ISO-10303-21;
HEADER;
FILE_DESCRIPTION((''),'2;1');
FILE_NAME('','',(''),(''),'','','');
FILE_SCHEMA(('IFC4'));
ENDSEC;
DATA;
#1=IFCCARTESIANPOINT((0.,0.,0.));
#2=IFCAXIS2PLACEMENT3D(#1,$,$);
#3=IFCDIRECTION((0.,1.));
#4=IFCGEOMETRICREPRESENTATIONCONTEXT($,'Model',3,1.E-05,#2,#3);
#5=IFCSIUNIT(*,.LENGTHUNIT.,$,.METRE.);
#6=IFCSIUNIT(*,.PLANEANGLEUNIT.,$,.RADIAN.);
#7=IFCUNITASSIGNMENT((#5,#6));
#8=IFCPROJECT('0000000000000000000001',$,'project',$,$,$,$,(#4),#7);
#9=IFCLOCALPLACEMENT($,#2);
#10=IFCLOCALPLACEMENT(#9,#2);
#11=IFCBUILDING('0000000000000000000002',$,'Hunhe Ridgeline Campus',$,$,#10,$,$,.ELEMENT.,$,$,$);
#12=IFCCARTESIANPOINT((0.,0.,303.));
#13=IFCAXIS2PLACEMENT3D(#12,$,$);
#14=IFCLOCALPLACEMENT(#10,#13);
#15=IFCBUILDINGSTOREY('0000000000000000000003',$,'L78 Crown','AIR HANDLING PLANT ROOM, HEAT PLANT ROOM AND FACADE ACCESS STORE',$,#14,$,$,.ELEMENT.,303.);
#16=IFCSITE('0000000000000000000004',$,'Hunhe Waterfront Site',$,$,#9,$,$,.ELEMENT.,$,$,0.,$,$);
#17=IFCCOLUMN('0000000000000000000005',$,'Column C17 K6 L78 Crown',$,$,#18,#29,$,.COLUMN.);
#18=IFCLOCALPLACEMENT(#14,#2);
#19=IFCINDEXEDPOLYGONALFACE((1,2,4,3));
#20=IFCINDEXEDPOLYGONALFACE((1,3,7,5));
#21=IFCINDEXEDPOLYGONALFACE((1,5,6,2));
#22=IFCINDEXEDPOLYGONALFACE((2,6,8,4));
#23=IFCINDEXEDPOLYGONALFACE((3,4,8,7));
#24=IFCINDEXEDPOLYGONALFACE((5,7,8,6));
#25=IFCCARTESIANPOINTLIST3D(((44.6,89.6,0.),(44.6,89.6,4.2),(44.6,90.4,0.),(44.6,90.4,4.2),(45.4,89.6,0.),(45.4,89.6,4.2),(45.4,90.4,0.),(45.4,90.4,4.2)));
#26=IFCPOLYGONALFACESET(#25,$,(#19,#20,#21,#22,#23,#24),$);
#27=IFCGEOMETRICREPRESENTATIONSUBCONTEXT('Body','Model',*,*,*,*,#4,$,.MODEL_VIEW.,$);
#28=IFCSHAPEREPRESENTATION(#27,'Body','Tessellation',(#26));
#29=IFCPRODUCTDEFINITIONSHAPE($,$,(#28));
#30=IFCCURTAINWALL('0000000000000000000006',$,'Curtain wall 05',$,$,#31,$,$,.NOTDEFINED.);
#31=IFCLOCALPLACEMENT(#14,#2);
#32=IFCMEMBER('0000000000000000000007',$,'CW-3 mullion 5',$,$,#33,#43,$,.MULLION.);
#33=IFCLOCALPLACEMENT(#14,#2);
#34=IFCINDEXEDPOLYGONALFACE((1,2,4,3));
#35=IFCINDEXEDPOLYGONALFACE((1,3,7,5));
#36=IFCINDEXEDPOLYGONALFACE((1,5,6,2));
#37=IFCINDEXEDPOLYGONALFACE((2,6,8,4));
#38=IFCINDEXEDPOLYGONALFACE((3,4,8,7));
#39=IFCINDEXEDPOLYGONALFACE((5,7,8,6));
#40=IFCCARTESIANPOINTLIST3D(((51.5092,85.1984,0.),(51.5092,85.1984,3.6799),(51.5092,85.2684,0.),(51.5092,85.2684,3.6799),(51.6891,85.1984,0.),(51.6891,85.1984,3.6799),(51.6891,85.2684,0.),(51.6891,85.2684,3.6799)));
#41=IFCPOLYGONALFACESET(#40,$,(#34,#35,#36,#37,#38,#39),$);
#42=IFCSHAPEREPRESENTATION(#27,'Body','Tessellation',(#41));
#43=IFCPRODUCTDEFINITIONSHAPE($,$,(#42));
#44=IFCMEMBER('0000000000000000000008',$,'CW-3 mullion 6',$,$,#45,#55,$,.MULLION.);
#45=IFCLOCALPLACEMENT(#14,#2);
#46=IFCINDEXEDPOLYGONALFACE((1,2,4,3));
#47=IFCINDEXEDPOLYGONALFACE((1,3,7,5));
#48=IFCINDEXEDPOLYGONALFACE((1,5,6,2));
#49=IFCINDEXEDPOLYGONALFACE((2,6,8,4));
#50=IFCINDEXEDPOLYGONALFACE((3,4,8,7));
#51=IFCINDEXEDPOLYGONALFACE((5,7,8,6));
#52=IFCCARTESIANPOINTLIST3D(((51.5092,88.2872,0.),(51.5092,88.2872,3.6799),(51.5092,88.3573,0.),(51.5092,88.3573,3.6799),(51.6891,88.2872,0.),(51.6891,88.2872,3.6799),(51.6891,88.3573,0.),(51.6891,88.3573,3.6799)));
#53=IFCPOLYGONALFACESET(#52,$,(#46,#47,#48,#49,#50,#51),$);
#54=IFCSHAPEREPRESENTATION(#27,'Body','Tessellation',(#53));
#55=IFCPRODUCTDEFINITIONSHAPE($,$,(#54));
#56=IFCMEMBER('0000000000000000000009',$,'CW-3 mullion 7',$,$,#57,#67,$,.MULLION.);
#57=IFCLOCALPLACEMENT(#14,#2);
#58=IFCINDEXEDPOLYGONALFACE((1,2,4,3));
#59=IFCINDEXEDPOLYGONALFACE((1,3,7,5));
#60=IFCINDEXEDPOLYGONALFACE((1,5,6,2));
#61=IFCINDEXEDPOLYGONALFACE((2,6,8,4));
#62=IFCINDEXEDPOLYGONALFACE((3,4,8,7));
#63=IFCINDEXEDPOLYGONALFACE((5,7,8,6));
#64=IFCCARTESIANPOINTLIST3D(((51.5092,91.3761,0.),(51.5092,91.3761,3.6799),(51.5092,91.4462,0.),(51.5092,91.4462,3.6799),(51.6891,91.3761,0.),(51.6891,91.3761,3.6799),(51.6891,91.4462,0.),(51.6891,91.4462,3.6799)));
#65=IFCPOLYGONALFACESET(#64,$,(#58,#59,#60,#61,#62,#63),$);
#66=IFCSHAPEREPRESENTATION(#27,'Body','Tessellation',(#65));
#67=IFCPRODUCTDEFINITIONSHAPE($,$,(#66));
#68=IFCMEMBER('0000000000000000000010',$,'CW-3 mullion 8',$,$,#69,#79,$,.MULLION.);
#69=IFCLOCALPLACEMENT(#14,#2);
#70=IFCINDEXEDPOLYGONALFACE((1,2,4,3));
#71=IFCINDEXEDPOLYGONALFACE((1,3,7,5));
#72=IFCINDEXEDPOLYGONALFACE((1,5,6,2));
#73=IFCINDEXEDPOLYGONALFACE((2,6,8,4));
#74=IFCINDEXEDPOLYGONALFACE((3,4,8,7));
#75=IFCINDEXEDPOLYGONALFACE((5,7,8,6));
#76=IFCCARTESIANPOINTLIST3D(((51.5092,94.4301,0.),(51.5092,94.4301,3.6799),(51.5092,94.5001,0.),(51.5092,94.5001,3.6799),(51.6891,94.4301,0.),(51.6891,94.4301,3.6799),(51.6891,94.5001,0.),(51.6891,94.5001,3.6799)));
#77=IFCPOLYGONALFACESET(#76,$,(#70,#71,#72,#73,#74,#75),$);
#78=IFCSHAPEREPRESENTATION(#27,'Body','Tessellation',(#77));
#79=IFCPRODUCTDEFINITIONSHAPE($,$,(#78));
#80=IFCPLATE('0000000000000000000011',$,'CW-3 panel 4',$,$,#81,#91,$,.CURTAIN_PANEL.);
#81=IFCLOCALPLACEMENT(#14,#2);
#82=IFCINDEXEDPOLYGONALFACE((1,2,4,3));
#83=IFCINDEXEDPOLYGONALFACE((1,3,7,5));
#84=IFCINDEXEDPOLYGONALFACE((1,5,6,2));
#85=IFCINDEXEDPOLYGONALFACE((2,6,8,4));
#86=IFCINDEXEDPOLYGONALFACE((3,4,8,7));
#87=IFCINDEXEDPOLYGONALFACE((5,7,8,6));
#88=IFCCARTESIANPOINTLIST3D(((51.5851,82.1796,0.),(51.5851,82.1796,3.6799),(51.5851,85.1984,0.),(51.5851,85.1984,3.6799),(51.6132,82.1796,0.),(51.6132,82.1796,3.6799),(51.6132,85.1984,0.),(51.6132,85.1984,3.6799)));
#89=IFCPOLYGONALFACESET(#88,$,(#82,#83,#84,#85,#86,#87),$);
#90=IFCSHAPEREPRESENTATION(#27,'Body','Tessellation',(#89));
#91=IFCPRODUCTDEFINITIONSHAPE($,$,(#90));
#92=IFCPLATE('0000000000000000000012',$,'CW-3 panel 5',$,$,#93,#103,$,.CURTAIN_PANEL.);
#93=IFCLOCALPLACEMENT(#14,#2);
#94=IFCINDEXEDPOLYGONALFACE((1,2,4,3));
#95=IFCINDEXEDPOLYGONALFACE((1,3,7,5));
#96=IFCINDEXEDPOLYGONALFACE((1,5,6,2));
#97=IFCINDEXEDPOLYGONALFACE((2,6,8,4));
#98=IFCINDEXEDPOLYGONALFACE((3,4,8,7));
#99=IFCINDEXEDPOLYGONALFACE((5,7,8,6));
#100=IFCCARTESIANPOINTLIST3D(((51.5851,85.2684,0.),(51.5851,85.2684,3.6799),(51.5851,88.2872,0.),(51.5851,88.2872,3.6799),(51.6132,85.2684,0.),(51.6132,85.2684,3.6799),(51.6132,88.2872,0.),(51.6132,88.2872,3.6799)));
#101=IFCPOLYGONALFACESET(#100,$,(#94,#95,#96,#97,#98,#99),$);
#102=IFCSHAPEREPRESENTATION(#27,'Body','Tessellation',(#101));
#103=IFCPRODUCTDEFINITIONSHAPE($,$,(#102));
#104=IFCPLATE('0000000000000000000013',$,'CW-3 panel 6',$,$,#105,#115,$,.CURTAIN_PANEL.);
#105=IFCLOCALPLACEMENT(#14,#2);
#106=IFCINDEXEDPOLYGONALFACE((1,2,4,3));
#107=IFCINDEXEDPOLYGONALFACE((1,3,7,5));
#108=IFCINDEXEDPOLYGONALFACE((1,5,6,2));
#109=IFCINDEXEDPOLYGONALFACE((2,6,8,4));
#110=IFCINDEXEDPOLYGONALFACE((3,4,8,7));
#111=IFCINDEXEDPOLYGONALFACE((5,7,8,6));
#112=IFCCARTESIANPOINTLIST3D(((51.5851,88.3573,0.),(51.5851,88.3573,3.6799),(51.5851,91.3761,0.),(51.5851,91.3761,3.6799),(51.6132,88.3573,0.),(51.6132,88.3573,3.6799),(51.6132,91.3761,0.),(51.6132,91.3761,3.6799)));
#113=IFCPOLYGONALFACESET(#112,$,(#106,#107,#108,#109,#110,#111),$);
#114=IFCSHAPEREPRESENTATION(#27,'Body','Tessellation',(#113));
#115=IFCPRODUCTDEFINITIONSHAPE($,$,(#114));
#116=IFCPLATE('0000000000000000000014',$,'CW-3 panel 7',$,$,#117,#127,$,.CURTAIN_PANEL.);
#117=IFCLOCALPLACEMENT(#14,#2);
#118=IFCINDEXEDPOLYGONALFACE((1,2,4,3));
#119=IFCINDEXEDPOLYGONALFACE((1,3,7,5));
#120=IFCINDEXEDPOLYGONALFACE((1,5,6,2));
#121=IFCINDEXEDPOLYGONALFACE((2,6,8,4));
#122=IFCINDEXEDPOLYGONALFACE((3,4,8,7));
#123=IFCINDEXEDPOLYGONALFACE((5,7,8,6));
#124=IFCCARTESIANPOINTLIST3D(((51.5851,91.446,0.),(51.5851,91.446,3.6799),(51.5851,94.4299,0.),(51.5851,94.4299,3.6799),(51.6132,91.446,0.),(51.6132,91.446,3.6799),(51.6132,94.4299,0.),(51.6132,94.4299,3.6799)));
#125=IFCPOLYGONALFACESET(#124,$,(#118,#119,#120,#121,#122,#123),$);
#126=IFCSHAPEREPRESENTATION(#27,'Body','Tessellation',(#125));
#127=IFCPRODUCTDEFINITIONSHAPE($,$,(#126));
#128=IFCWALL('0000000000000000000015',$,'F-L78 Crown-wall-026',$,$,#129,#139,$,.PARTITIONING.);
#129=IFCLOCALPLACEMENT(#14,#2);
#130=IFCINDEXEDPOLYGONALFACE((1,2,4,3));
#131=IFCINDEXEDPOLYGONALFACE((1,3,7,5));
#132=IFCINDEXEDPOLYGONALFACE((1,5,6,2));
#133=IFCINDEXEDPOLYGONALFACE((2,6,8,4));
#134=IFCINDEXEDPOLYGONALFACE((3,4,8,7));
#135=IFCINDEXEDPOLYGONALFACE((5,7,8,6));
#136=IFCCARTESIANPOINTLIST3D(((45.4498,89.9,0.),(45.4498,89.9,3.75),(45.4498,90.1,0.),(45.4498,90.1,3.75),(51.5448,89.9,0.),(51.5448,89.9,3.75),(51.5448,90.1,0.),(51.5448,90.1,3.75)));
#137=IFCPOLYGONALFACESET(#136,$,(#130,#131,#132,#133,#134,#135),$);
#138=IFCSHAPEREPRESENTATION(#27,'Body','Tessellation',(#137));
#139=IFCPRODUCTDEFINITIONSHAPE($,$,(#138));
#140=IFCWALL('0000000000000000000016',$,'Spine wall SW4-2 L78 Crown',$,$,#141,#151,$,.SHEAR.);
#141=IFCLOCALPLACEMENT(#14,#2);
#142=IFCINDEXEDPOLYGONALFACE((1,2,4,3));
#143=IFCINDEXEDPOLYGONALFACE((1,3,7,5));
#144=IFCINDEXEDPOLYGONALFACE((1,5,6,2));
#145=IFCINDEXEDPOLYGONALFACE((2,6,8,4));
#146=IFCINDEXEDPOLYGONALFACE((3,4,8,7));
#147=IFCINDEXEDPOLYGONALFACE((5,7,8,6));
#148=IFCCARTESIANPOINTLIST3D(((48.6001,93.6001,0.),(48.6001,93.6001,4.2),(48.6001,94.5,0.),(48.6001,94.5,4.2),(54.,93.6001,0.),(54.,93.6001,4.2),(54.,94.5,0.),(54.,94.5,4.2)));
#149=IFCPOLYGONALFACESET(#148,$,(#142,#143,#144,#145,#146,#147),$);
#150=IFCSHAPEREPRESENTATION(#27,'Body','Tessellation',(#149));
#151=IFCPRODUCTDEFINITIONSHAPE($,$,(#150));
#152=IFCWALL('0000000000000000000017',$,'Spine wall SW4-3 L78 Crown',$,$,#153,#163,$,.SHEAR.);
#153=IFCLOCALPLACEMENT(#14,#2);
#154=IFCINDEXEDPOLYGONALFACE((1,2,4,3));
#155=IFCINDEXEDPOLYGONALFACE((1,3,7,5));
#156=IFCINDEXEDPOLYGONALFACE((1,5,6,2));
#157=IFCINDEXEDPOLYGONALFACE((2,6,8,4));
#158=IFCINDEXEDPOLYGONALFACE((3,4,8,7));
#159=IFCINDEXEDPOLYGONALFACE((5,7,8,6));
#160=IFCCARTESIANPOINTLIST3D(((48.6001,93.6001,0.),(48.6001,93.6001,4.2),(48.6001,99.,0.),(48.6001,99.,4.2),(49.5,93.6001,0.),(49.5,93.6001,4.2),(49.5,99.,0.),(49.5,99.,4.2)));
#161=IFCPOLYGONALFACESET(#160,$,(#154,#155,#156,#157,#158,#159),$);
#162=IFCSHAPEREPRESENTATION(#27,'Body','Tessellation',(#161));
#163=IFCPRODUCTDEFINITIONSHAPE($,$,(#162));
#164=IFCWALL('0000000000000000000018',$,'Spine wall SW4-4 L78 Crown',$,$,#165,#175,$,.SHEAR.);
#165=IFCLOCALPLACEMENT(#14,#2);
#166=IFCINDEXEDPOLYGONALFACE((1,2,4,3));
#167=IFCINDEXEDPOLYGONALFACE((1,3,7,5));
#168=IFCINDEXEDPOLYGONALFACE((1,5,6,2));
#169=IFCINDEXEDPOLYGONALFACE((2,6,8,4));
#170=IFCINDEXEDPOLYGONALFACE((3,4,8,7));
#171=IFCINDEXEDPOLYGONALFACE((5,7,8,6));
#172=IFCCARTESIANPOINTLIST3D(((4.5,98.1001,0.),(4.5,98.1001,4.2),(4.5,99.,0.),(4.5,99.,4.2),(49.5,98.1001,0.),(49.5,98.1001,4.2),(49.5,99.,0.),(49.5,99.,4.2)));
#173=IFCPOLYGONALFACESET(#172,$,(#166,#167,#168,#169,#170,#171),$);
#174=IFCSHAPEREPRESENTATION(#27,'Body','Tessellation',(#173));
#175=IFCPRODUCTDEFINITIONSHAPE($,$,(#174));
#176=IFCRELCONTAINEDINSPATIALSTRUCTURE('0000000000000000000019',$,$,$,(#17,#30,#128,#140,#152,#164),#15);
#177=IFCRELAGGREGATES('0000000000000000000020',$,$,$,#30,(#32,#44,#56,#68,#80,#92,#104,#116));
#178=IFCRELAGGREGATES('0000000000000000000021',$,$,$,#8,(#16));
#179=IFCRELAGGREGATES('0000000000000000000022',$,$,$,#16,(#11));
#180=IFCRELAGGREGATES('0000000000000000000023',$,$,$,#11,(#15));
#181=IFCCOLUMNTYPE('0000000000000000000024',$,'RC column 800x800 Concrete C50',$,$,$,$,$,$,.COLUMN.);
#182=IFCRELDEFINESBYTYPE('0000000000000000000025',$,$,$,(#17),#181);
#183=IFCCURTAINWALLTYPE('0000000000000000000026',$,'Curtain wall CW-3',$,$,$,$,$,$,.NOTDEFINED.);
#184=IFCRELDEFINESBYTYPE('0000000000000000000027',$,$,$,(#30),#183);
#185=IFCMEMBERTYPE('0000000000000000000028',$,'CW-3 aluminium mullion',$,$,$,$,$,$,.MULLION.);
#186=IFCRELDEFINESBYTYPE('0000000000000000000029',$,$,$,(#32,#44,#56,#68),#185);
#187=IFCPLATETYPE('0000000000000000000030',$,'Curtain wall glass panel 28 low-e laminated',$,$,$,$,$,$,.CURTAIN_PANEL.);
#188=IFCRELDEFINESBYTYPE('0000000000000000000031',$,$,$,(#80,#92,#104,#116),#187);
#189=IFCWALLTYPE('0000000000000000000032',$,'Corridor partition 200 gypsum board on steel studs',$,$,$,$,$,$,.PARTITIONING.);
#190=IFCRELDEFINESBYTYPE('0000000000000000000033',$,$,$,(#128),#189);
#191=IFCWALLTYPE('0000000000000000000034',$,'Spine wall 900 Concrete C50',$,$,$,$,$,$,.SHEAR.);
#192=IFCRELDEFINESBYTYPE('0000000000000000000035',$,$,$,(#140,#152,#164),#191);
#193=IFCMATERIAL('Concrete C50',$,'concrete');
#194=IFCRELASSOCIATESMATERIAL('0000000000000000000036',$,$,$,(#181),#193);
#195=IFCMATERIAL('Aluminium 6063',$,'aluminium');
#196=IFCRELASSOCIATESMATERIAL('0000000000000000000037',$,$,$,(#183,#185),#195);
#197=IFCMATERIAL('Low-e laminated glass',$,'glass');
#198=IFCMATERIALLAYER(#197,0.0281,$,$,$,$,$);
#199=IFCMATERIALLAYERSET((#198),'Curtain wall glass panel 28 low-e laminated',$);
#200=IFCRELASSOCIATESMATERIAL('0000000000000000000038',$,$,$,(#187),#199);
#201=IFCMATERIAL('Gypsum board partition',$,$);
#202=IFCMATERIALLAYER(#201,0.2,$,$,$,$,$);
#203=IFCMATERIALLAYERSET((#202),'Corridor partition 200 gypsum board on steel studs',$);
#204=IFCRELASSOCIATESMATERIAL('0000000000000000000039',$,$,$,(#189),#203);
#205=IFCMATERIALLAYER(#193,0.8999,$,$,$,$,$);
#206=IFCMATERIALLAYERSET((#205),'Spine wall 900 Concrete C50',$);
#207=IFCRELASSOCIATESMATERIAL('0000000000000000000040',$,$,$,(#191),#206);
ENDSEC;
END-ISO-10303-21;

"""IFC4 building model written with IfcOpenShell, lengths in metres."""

from ifc_helpers import new_model, si_unit, direction, frame, frame_2d, origin, origin_2d, place, context, subcontext, project, spatial, polyline, rectangle, outline, extrude, material, layer, layer_set, material_profile, profile_set, type_object, element, aggregate, save


model = new_model("IFC4")

# Units and contexts
model_context = context("Model", 3, precision=1e-05, world=origin(), true_north=direction((0.0, 1.0)))
body_context = subcontext(model_context, "Body", "Model", "MODEL_VIEW")
ifc_project = project(units=[si_unit("LENGTHUNIT", "METRE"), si_unit("PLANEANGLEUNIT", "RADIAN")], contexts=[model_context])

# Site, building, storey
site_placement = place(None, origin())
site = spatial("IfcSite", under=ifc_project, at=site_placement, Name="Hunhe Waterfront Site", CompositionType="ELEMENT", RefElevation=0.0)
building_placement = place(site_placement, origin())
building = spatial("IfcBuilding", under=site, at=building_placement, Name="Hunhe Ridgeline Campus", CompositionType="ELEMENT")
storey_placement = place(building_placement, frame((0.0, 0.0, 303.0)))
storey = spatial("IfcBuildingStorey", under=building, at=storey_placement, Name="L78 Crown", Description="AIR HANDLING PLANT ROOM, HEAT PLANT ROOM AND FACADE ACCESS STORE", CompositionType="ELEMENT", Elevation=303.0)

# Column
ifc_material_1 = material(Name="Concrete C50", Category="concrete")
ifc_material_profile_1 = material_profile(ifc_material_1, rectangle(XDim=0.8, YDim=0.8, at=origin_2d()))
ifc_profile_set_1 = profile_set([ifc_material_profile_1], Name="Concrete C50")
column_type = type_object("IfcColumnType", Name="RC column 800x800 Concrete C50", PredefinedType="COLUMN", material=ifc_profile_set_1)
column_placement = place(storey_placement, frame((45.0, 90.0, 0.0), z_axis=(0.0, 0.0, 1.0), x_axis=(1.0, 0.0, 0.0)))
element("IfcColumn", 1, at=column_placement, inside=storey, type_object=column_type, Name="Column C17 K6 L78 Crown", PredefinedType="COLUMN", context=body_context, shape_type="SweptSolid", body=[
    extrude(rectangle(XDim=0.8, YDim=0.8, at=origin_2d()), origin(), (0.0, 0.0, 1.0), 4.2),
])

# Curtain wall, members, plates
ifc_material_2 = material(Name="Aluminium 6063", Category="aluminium")
curtain_wall_type = type_object("IfcCurtainWallType", Name="Curtain wall CW-3", PredefinedType="NOTDEFINED", material=ifc_material_2)
curtain_wall_placement = place(storey_placement, origin())
curtain_wall = element("IfcCurtainWall", 2, at=curtain_wall_placement, inside=storey, type_object=curtain_wall_type, Name="Curtain wall 05", PredefinedType="NOTDEFINED")
ifc_material_profile_2 = material_profile(ifc_material_2, rectangle(XDim=0.1799, YDim=0.0701, at=origin_2d()))
ifc_profile_set_2 = profile_set([ifc_material_profile_2], Name="Aluminium 6063")
member_type = type_object("IfcMemberType", Name="CW-3 aluminium mullion", PredefinedType="MULLION", material=ifc_profile_set_2)
member_1_placement = place(storey_placement, frame((51.5991, 85.2334, 0.0), z_axis=(0.0, 0.0, 1.0), x_axis=(-1.0, 0.0, 0.0)))
member_1 = element("IfcMember", 3, at=member_1_placement, type_object=member_type, Name="CW-3 mullion 5", PredefinedType="MULLION", context=body_context, shape_type="SweptSolid", body=[
    extrude(rectangle(XDim=0.1799, YDim=0.0701, at=origin_2d()), origin(), (0.0, 0.0, 1.0), 3.6799),
])
member_2_placement = place(storey_placement, frame((51.5991, 88.3223, 0.0), z_axis=(0.0, 0.0, 1.0), x_axis=(-1.0, 0.0, 0.0)))
member_2 = element("IfcMember", 4, at=member_2_placement, type_object=member_type, Name="CW-3 mullion 6", PredefinedType="MULLION", context=body_context, shape_type="SweptSolid", body=[
    extrude(rectangle(XDim=0.1799, YDim=0.0701, at=origin_2d()), origin(), (0.0, 0.0, 1.0), 3.6799),
])
member_3_placement = place(storey_placement, frame((51.5991, 91.4111, 0.0), z_axis=(0.0, 0.0, 1.0), x_axis=(-1.0, 0.0, 0.0)))
member_3 = element("IfcMember", 5, at=member_3_placement, type_object=member_type, Name="CW-3 mullion 7", PredefinedType="MULLION", context=body_context, shape_type="SweptSolid", body=[
    extrude(rectangle(XDim=0.1799, YDim=0.0701, at=origin_2d()), origin(), (0.0, 0.0, 1.0), 3.6799),
])
member_4_placement = place(storey_placement, frame((51.5991, 94.4651, 0.0), z_axis=(0.0, 0.0, 1.0), x_axis=(-1.0, 0.0, 0.0)))
member_4 = element("IfcMember", 6, at=member_4_placement, type_object=member_type, Name="CW-3 mullion 8", PredefinedType="MULLION", context=body_context, shape_type="SweptSolid", body=[
    extrude(rectangle(XDim=0.1799, YDim=0.0701, at=origin_2d()), origin(), (0.0, 0.0, 1.0), 3.6799),
])
ifc_material_3 = material(Name="Low-e laminated glass", Category="glass")
ifc_layer_1 = layer(ifc_material_3, 0.0281)
ifc_layer_set_1 = layer_set([ifc_layer_1], Name="Curtain wall glass panel 28 low-e laminated")
plate_type = type_object("IfcPlateType", Name="Curtain wall glass panel 28 low-e laminated", PredefinedType="CURTAIN_PANEL", material=ifc_layer_set_1)
plate_1_placement = place(storey_placement, frame((51.5991, 83.689, 0.0), z_axis=(0.0, 0.0, 1.0), x_axis=(0.0, 1.0, 0.0)))
plate_1 = element("IfcPlate", 7, at=plate_1_placement, type_object=plate_type, Name="CW-3 panel 4", PredefinedType="CURTAIN_PANEL", context=body_context, shape_type="SweptSolid", body=[
    extrude(rectangle(XDim=3.0188, YDim=0.0281, at=origin_2d()), origin(), (0.0, 0.0, 1.0), 3.6799),
])
plate_2_placement = place(storey_placement, frame((51.5991, 86.7778, 0.0), z_axis=(0.0, 0.0, 1.0), x_axis=(0.0, 1.0, 0.0)))
plate_2 = element("IfcPlate", 8, at=plate_2_placement, type_object=plate_type, Name="CW-3 panel 5", PredefinedType="CURTAIN_PANEL", context=body_context, shape_type="SweptSolid", body=[
    extrude(rectangle(XDim=3.0188, YDim=0.0281, at=origin_2d()), origin(), (0.0, 0.0, 1.0), 3.6799),
])
plate_3_placement = place(storey_placement, frame((51.5991, 89.8667, 0.0), z_axis=(0.0, 0.0, 1.0), x_axis=(0.0, 1.0, 0.0)))
plate_3 = element("IfcPlate", 9, at=plate_3_placement, type_object=plate_type, Name="CW-3 panel 6", PredefinedType="CURTAIN_PANEL", context=body_context, shape_type="SweptSolid", body=[
    extrude(rectangle(XDim=3.0188, YDim=0.0281, at=origin_2d()), origin(), (0.0, 0.0, 1.0), 3.6799),
])
plate_4_placement = place(storey_placement, frame((51.5991, 92.938, 0.0), z_axis=(0.0, 0.0, 1.0), x_axis=(0.0, 1.0, 0.0)))
plate_4 = element("IfcPlate", 10, at=plate_4_placement, type_object=plate_type, Name="CW-3 panel 7", PredefinedType="CURTAIN_PANEL", context=body_context, shape_type="SweptSolid", body=[
    extrude(rectangle(XDim=2.9839, YDim=0.0281, at=origin_2d()), origin(), (0.0, 0.0, 1.0), 3.6799),
])
aggregate(curtain_wall, [member_1, member_2, member_3, member_4, plate_1, plate_2, plate_3, plate_4])

# Walls
ifc_material_4 = material(Name="Gypsum board partition")
ifc_layer_2 = layer(ifc_material_4, 0.2)
ifc_layer_set_2 = layer_set([ifc_layer_2], Name="Corridor partition 200 gypsum board on steel studs")
wall_type_1 = type_object("IfcWallType", Name="Corridor partition 200 gypsum board on steel studs", PredefinedType="PARTITIONING", material=ifc_layer_set_2)
wall_1_placement = place(storey_placement, frame((45.45, 90.0, 0.0), z_axis=(0.0, 0.0, 1.0), x_axis=(1.0, 0.0, 0.0)))
element("IfcWall", 11, at=wall_1_placement, inside=storey, type_object=wall_type_1, Name="F-L78 Crown-wall-026", PredefinedType="PARTITIONING", context=body_context, shape_type="SweptSolid", body=[
    extrude(rectangle(XDim=6.095, YDim=0.2, at=frame_2d((3.0474, 0.0))), origin(), (0.0, 0.0, 1.0), 3.75),
])
ifc_layer_3 = layer(ifc_material_1, 0.8999)
ifc_layer_set_3 = layer_set([ifc_layer_3], Name="Spine wall 900 Concrete C50")
wall_type_2 = type_object("IfcWallType", Name="Spine wall 900 Concrete C50", PredefinedType="SHEAR", material=ifc_layer_set_3)
for number, where, z_axis, x_axis, name in (
    (12, (54.0, 94.05, 0.0), (0.0, 0.0, 1.0), (-1.0, 0.0, 0.0), "Spine wall SW4-2 L78 Crown"),
    (13, (49.05, 93.6001, 0.0), (0.0, 0.0, 1.0), (0.0, 1.0, 0.0), "Spine wall SW4-3 L78 Crown"),
):
    element("IfcWall", number, at=place(storey_placement, frame(where, z_axis=z_axis, x_axis=x_axis)), inside=storey, type_object=wall_type_2, Name=name, PredefinedType="SHEAR", context=body_context, shape_type="SweptSolid", body=[
        extrude(outline(polyline([(0.0, 0.0), (5.3999, 0.0), (5.3999, 4.2), (0.0, 4.2), (0.0, 0.0)])), frame((0.0, 0.45, 0.0), z_axis=(0.0, -1.0, 0.0), x_axis=(1.0, 0.0, 0.0)), (0.0, 0.0, 1.0), 0.8999),
    ])
wall_2_placement = place(storey_placement, frame((49.5, 98.55, 0.0), z_axis=(0.0, 0.0, 1.0), x_axis=(-1.0, 0.0, 0.0)))
element("IfcWall", 14, at=wall_2_placement, inside=storey, type_object=wall_type_2, Name="Spine wall SW4-4 L78 Crown", PredefinedType="SHEAR", context=body_context, shape_type="SweptSolid", body=[
    extrude(outline(polyline([(0.0, 0.0), (45.0, 0.0), (45.0, 4.2), (0.0, 4.2), (0.0, 0.0)])), frame((0.0, 0.45, 0.0), z_axis=(0.0, -1.0, 0.0), x_axis=(1.0, 0.0, 0.0)), (0.0, 0.0, 1.0), 0.8999),
])

save(model, "model.ifc")
